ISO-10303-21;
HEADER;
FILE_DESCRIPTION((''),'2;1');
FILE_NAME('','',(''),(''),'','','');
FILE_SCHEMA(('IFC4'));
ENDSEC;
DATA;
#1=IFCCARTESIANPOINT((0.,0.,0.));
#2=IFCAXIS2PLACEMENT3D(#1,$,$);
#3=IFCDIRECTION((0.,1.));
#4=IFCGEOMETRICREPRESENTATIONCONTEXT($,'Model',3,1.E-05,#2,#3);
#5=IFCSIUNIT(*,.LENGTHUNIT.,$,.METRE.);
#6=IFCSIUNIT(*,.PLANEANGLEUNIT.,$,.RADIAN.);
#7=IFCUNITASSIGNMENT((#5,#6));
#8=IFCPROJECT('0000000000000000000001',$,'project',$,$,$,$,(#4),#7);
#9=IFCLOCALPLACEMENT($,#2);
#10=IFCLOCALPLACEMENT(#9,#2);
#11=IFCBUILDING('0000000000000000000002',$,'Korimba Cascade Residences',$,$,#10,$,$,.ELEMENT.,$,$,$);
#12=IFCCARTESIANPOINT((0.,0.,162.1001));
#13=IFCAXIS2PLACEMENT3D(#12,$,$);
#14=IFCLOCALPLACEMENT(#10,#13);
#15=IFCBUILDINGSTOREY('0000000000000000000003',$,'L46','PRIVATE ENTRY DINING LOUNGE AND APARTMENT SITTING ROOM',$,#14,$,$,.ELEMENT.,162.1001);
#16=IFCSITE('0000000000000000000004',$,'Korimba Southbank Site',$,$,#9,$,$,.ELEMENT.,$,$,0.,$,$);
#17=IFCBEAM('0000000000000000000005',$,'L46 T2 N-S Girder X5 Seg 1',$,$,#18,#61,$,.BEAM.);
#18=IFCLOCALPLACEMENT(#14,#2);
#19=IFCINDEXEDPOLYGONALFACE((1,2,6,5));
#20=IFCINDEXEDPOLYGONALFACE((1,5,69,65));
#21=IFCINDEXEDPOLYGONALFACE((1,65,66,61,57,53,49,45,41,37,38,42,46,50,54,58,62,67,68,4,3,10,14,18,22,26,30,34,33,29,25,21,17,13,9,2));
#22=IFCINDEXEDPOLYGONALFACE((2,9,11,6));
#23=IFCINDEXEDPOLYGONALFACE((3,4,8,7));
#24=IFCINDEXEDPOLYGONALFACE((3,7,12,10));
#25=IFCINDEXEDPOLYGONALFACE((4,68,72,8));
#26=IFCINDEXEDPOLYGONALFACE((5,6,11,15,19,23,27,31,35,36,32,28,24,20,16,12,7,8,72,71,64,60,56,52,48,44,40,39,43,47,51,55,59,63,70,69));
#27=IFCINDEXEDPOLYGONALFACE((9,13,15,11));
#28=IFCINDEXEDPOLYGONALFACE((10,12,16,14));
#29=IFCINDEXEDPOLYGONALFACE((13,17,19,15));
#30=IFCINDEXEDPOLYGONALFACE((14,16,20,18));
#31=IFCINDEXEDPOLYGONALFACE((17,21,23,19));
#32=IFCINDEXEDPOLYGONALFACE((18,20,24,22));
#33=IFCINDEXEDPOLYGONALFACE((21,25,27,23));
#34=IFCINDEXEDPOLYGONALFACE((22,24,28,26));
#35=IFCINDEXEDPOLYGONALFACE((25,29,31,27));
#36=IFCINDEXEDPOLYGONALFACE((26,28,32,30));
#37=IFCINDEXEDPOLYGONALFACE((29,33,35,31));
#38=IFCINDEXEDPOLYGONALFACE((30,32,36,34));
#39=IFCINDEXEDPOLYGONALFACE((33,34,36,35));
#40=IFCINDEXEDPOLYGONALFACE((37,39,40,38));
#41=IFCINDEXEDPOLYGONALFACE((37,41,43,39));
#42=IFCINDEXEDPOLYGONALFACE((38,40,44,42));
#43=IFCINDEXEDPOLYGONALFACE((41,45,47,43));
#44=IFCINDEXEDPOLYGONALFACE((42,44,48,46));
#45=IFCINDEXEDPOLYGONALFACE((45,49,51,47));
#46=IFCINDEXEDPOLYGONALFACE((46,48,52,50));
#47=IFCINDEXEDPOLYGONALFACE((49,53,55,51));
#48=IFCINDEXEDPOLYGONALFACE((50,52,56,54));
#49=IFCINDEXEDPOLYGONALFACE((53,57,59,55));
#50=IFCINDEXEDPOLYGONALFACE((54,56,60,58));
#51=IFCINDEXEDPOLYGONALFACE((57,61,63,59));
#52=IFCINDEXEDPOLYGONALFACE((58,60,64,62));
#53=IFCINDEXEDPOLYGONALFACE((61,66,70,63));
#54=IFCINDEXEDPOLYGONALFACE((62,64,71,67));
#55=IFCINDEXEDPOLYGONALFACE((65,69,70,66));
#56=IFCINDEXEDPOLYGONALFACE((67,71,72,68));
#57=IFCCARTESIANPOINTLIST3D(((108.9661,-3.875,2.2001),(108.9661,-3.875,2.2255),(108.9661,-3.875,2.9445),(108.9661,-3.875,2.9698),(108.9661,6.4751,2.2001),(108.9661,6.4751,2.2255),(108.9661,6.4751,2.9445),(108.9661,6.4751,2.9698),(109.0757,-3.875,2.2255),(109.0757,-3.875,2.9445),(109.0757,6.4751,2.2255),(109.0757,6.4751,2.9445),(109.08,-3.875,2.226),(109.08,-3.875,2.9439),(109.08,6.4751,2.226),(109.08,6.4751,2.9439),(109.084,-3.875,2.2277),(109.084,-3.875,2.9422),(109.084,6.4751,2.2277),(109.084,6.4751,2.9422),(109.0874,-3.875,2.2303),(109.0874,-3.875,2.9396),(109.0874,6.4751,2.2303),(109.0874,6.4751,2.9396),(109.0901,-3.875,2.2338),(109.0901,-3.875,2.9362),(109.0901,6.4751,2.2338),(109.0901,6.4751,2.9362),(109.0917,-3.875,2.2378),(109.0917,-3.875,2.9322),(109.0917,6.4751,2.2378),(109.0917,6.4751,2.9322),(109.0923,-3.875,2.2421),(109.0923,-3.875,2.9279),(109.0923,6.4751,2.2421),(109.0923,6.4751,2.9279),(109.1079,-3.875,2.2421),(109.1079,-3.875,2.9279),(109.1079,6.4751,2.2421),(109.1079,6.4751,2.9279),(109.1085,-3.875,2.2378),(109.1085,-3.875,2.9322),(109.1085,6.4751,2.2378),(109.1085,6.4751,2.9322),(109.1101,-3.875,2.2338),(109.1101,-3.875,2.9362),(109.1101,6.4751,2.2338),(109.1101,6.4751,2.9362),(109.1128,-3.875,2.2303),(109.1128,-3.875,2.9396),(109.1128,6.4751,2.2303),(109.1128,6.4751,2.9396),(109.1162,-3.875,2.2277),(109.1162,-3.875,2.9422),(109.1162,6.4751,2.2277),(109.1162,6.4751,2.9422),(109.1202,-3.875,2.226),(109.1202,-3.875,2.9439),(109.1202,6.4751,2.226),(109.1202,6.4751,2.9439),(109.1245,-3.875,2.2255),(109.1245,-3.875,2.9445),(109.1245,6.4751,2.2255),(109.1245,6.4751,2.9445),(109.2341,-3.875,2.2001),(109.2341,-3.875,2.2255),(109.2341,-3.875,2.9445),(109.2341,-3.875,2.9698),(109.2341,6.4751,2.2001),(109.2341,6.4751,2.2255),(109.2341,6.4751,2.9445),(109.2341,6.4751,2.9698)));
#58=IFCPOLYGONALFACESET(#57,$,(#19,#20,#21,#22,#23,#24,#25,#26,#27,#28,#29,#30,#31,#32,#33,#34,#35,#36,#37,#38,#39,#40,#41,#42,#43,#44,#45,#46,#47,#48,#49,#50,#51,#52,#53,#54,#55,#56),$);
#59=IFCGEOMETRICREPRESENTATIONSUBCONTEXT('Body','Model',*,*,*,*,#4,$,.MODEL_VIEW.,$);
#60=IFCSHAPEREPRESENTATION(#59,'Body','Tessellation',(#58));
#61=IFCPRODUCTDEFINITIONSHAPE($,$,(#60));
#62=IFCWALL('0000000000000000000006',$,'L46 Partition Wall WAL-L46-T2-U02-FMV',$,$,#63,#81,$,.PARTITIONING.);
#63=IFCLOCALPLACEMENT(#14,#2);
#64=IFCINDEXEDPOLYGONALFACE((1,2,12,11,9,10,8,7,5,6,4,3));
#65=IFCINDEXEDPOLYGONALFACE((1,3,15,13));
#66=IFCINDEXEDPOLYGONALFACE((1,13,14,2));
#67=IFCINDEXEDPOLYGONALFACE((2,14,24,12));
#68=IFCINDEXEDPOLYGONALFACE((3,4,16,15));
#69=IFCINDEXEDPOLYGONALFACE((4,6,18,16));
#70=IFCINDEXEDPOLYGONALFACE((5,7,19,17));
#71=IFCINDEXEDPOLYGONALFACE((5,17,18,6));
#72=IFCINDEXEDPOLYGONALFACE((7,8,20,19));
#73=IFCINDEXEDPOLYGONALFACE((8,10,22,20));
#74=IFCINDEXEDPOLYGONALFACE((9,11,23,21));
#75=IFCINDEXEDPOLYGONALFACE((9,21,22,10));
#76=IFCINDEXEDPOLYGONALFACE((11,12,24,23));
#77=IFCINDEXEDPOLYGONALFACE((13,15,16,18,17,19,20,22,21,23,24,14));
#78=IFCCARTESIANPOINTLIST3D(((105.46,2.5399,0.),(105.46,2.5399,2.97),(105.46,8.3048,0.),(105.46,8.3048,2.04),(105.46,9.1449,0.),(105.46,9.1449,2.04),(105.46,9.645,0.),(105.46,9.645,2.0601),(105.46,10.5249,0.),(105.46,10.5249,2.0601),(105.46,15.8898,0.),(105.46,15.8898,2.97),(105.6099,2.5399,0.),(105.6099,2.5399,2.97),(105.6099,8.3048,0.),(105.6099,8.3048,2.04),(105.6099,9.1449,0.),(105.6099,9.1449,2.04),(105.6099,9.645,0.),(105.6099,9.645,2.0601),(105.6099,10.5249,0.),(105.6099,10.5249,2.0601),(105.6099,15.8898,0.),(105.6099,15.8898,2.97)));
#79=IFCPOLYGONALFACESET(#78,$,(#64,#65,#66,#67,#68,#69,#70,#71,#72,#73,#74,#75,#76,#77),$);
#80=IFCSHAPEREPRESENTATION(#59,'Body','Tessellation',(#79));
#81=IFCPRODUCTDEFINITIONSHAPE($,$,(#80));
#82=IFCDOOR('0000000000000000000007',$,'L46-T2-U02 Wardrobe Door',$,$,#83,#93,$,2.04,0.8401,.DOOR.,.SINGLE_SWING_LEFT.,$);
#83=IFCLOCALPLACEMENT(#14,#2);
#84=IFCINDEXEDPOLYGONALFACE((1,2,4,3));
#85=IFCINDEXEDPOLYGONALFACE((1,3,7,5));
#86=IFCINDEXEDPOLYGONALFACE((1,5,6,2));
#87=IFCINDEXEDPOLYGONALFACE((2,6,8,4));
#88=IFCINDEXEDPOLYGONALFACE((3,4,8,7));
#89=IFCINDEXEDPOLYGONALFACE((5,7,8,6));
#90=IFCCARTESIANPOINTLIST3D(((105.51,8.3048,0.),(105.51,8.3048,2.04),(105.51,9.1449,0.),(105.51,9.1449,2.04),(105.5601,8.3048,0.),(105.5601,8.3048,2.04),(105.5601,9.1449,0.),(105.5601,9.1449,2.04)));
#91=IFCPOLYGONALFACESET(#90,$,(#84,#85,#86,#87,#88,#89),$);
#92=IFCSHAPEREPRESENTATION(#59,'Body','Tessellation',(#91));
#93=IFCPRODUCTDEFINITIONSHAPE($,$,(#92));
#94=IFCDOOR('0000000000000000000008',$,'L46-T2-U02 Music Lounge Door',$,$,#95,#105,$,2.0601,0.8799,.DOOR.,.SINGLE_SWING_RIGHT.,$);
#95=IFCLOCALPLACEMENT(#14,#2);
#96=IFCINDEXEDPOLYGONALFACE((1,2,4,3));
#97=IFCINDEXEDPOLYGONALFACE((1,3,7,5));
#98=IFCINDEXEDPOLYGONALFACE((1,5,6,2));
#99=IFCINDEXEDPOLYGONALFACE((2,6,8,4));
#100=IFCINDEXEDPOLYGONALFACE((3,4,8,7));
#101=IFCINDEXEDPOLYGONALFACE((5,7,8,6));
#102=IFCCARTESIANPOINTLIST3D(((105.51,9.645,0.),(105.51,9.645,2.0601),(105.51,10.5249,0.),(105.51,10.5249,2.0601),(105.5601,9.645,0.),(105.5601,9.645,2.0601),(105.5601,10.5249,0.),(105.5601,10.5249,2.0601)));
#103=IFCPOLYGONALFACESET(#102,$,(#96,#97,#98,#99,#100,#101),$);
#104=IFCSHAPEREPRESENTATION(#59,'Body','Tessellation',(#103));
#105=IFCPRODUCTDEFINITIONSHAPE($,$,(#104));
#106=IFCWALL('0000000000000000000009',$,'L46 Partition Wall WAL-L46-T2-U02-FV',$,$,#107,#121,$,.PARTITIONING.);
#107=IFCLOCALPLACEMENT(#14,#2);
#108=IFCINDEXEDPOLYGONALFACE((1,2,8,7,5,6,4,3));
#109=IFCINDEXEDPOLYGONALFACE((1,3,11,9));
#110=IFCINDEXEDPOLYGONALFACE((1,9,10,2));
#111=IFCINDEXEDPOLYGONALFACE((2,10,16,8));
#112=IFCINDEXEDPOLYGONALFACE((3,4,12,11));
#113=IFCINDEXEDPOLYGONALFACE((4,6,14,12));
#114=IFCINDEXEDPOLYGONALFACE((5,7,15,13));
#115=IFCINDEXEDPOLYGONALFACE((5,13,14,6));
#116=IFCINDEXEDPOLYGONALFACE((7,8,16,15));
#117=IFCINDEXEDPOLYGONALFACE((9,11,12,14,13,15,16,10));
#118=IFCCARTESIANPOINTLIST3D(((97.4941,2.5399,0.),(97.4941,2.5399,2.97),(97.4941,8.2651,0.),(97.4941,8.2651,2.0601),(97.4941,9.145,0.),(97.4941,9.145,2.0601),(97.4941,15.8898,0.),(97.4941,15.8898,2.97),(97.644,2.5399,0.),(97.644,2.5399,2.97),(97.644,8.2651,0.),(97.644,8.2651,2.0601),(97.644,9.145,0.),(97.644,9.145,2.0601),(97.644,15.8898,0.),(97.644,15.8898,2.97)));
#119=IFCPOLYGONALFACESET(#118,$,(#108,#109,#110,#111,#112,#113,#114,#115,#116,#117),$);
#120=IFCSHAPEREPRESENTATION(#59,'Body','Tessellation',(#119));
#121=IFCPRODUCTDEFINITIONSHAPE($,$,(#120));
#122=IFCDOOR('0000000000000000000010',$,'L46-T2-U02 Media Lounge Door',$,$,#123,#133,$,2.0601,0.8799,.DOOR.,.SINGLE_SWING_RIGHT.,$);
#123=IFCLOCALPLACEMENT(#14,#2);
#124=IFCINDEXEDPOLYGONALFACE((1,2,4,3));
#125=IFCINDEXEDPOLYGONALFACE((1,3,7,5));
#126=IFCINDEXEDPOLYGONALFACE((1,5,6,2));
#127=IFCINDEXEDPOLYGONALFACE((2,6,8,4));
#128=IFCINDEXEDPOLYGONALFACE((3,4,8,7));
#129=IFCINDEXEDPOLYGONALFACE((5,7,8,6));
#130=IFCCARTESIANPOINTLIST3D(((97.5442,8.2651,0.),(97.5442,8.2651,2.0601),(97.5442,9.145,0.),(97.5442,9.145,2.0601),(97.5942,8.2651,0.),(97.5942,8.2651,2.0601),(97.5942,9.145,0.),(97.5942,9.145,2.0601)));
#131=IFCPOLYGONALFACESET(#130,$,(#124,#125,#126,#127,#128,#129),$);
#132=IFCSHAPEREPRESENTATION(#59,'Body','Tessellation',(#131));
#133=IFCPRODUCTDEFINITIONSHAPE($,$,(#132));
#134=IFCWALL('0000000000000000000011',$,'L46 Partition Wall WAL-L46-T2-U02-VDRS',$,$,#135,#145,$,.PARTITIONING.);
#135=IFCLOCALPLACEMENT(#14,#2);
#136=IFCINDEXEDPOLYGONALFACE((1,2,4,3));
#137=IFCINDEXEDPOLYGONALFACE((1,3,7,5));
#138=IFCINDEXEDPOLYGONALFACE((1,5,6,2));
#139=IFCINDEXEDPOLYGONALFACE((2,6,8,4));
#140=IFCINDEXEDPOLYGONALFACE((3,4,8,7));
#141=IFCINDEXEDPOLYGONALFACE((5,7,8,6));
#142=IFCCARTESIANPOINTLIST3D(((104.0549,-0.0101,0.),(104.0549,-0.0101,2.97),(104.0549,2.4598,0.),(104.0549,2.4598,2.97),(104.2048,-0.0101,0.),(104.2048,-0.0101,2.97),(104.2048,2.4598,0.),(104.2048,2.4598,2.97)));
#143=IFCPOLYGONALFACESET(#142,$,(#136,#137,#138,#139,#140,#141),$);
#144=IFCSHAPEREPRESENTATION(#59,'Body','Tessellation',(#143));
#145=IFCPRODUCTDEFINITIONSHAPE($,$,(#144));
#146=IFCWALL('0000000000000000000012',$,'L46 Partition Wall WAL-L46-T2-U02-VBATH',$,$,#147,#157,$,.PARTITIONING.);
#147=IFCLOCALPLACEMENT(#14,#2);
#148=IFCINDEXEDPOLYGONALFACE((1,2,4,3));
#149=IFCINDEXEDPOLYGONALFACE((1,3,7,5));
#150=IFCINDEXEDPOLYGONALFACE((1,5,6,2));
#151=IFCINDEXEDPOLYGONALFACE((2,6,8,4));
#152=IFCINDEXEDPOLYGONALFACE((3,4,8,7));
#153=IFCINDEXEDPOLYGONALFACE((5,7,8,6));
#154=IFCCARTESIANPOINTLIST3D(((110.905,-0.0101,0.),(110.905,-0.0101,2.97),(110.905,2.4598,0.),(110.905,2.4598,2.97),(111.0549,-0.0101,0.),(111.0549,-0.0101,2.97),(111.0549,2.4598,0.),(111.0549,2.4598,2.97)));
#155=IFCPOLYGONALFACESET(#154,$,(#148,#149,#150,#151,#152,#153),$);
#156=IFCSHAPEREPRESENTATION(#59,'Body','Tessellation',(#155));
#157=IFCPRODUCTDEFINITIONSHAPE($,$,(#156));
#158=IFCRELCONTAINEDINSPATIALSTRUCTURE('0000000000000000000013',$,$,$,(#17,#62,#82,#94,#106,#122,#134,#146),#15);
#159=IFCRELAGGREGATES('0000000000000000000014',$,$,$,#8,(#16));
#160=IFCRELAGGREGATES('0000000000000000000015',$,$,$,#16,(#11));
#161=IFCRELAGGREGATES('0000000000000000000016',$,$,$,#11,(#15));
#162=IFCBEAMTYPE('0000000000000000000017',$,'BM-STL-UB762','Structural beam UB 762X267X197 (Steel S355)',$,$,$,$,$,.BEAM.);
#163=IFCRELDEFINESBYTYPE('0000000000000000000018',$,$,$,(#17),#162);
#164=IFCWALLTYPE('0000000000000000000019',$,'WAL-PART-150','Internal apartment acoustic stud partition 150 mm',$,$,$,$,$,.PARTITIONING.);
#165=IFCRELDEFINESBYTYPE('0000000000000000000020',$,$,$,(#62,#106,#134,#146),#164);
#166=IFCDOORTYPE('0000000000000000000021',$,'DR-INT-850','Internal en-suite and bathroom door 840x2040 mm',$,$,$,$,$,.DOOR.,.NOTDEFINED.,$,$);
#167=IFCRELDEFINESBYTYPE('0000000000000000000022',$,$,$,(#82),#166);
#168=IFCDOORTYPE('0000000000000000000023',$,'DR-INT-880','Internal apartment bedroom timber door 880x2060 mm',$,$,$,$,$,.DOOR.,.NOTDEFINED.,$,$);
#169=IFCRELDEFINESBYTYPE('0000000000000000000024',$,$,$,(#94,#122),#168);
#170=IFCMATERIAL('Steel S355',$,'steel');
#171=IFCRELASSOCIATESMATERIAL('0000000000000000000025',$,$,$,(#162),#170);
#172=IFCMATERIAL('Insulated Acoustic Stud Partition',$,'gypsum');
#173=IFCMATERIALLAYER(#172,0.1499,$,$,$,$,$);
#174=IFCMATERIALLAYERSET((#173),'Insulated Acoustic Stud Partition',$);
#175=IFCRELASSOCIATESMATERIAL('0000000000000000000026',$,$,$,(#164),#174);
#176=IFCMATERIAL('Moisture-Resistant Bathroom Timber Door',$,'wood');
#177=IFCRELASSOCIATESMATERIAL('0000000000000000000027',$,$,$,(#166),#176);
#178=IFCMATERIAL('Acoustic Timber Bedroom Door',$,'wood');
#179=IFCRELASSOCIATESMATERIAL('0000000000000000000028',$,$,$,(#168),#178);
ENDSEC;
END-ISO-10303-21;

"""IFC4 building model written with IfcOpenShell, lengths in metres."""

from ifc_helpers import new_model, si_unit, direction, frame, frame_2d, origin, origin_2d, place, context, subcontext, project, spatial, rectangle, i_section, extrude, material, layer, layer_set, material_profile, profile_set, type_object, element, fill, save


model = new_model("IFC4")

# Units and contexts
model_context = context("Model", 3, precision=1e-05, world=origin(), true_north=direction((0.0, 1.0)))
body_context = subcontext(model_context, "Body", "Model", "MODEL_VIEW")
ifc_project = project(units=[si_unit("LENGTHUNIT", "METRE"), si_unit("PLANEANGLEUNIT", "RADIAN")], contexts=[model_context])

# Site, building, storey
site_placement = place(None, origin())
site = spatial("IfcSite", under=ifc_project, at=site_placement, Name="Korimba Southbank Site", CompositionType="ELEMENT", RefElevation=0.0)
building_placement = place(site_placement, origin())
building = spatial("IfcBuilding", under=site, at=building_placement, Name="Korimba Cascade Residences", CompositionType="ELEMENT")
storey_placement = place(building_placement, frame((0.0, 0.0, 162.1001)))
storey = spatial("IfcBuildingStorey", under=building, at=storey_placement, Name="L46", Description="PRIVATE ENTRY DINING LOUNGE AND APARTMENT SITTING ROOM", CompositionType="ELEMENT", Elevation=162.1001)

# Beam
ifc_material_1 = material(Name="Steel S355", Category="steel")
ifc_material_profile_1 = material_profile(ifc_material_1, i_section(OverallWidth=0.2681, OverallDepth=0.7698, WebThickness=0.0156, FlangeThickness=0.0254, FilletRadius=0.0166, at=origin_2d()), Name="Steel S355")
ifc_profile_set_1 = profile_set([ifc_material_profile_1], Name="Steel S355")
beam_type_1 = type_object("IfcBeamType", Name="BM-STL-UB762", Description="Structural beam UB 762X267X197 (Steel S355)", PredefinedType="BEAM", material=ifc_profile_set_1)
for number, where, z_axis, x_axis, name in (
    (1, (109.1001, -3.875, 2.585), (0.0, 1.0, 0.0), (-1.0, 0.0, 0.0), "L46 T2 N-S Girder X5 Seg 1"),
):
    element("IfcBeam", number, at=place(storey_placement, frame(where, z_axis=z_axis, x_axis=x_axis)), inside=storey, type_object=beam_type_1, Name=name, PredefinedType="BEAM", context=body_context, shape_type="SweptSolid", body=[
        extrude(i_section(OverallWidth=0.2681, OverallDepth=0.7698, WebThickness=0.0156, FlangeThickness=0.0254, FilletRadius=0.0166, at=origin_2d()), origin(), (0.0, 0.0, 1.0), 10.3501),
    ])

# Wall, openings, doors
ifc_material_2 = material(Name="Insulated Acoustic Stud Partition", Category="gypsum")
ifc_layer = layer(ifc_material_2, 0.1499)
ifc_layer_set = layer_set([ifc_layer], Name="Insulated Acoustic Stud Partition")
wall_type = type_object("IfcWallType", Name="WAL-PART-150", Description="Internal apartment acoustic stud partition 150 mm", PredefinedType="PARTITIONING", material=ifc_layer_set)
wall_1_placement = place(storey_placement, frame((105.5349, 2.54, 0.0), z_axis=(0.0, 0.0, 1.0), x_axis=(0.0, 1.0, 0.0)))
wall_1 = element("IfcWall", 2, at=wall_1_placement, inside=storey, type_object=wall_type, Name="L46 Partition Wall WAL-L46-T2-U02-FMV", PredefinedType="PARTITIONING", context=body_context, shape_type="SweptSolid", body=[
    extrude(rectangle(XDim=13.3499, YDim=0.1499, at=frame_2d((6.6748, 0.0))), origin(), (0.0, 0.0, 1.0), 2.97),
])
opening_1_placement = place(wall_1_placement, frame((5.7649, 0.0, 0.0)))
opening_1 = element("IfcOpeningElement", 3, at=opening_1_placement, cuts=wall_1, PredefinedType="OPENING", context=body_context, shape_type="SweptSolid", body=[
    extrude(rectangle(XDim=0.8401, YDim=2.04, at=frame_2d((0.4199, 1.02))), frame((0.0, 0.085, 0.0), z_axis=(0.0, -1.0, 0.0), x_axis=(1.0, 0.0, 0.0)), (0.0, 0.0, 1.0), 0.1699),
])
opening_2_placement = place(wall_1_placement, frame((7.105, 0.0, 0.0)))
opening_2 = element("IfcOpeningElement", 4, at=opening_2_placement, cuts=wall_1, PredefinedType="OPENING", context=body_context, shape_type="SweptSolid", body=[
    extrude(rectangle(XDim=0.8799, YDim=2.0601, at=frame_2d((0.4399, 1.03))), frame((0.0, 0.085, 0.0), z_axis=(0.0, -1.0, 0.0), x_axis=(1.0, 0.0, 0.0)), (0.0, 0.0, 1.0), 0.1699),
])
ifc_material_3 = material(Name="Moisture-Resistant Bathroom Timber Door", Category="wood")
door_type_1 = type_object("IfcDoorType", Name="DR-INT-850", Description="Internal en-suite and bathroom door 840x2040 mm", OperationType="NOTDEFINED", PredefinedType="DOOR", material=ifc_material_3)
door_1_placement = place(opening_1_placement, origin())
door_1 = element("IfcDoor", 5, at=door_1_placement, inside=storey, type_object=door_type_1, Name="L46-T2-U02 Wardrobe Door", OperationType="SINGLE_SWING_LEFT", OverallHeight=2.04, OverallWidth=0.8401, PredefinedType="DOOR", context=body_context, shape_type="SweptSolid", body=[
    extrude(rectangle(XDim=0.8401, YDim=2.04, at=frame_2d((0.4199, 1.02))), frame((0.0, 0.0249, 0.0), z_axis=(0.0, -1.0, 0.0), x_axis=(1.0, 0.0, 0.0)), (0.0, 0.0, 1.0), 0.05),
])
fill(opening_1, door_1)
ifc_material_4 = material(Name="Acoustic Timber Bedroom Door", Category="wood")
door_type_2 = type_object("IfcDoorType", Name="DR-INT-880", Description="Internal apartment bedroom timber door 880x2060 mm", OperationType="NOTDEFINED", PredefinedType="DOOR", material=ifc_material_4)
door_2_placement = place(opening_2_placement, origin())
door_2 = element("IfcDoor", 6, at=door_2_placement, inside=storey, type_object=door_type_2, Name="L46-T2-U02 Music Lounge Door", OperationType="SINGLE_SWING_RIGHT", OverallHeight=2.0601, OverallWidth=0.8799, PredefinedType="DOOR", context=body_context, shape_type="SweptSolid", body=[
    extrude(rectangle(XDim=0.8799, YDim=2.0601, at=frame_2d((0.4399, 1.03))), frame((0.0, 0.0249, 0.0), z_axis=(0.0, -1.0, 0.0), x_axis=(1.0, 0.0, 0.0)), (0.0, 0.0, 1.0), 0.05),
])
fill(opening_2, door_2)

# Wall, opening, door
wall_2_placement = place(storey_placement, frame((97.5691, 2.54, 0.0), z_axis=(0.0, 0.0, 1.0), x_axis=(0.0, 1.0, 0.0)))
wall_2 = element("IfcWall", 7, at=wall_2_placement, inside=storey, type_object=wall_type, Name="L46 Partition Wall WAL-L46-T2-U02-FV", PredefinedType="PARTITIONING", context=body_context, shape_type="SweptSolid", body=[
    extrude(rectangle(XDim=13.3499, YDim=0.1499, at=frame_2d((6.6748, 0.0))), origin(), (0.0, 0.0, 1.0), 2.97),
])
opening_3_placement = place(wall_2_placement, frame((5.7251, 0.0, 0.0)))
opening_3 = element("IfcOpeningElement", 8, at=opening_3_placement, cuts=wall_2, PredefinedType="OPENING", context=body_context, shape_type="SweptSolid", body=[
    extrude(rectangle(XDim=0.8799, YDim=2.0601, at=frame_2d((0.4399, 1.03))), frame((0.0, 0.085, 0.0), z_axis=(0.0, -1.0, 0.0), x_axis=(1.0, 0.0, 0.0)), (0.0, 0.0, 1.0), 0.1699),
])
door_3_placement = place(opening_3_placement, origin())
door_3 = element("IfcDoor", 9, at=door_3_placement, inside=storey, type_object=door_type_2, Name="L46-T2-U02 Media Lounge Door", OperationType="SINGLE_SWING_RIGHT", OverallHeight=2.0601, OverallWidth=0.8799, PredefinedType="DOOR", context=body_context, shape_type="SweptSolid", body=[
    extrude(rectangle(XDim=0.8799, YDim=2.0601, at=frame_2d((0.4399, 1.03))), frame((0.0, 0.0249, 0.0), z_axis=(0.0, -1.0, 0.0), x_axis=(1.0, 0.0, 0.0)), (0.0, 0.0, 1.0), 0.05),
])
fill(opening_3, door_3)

# Walls
for number, where, z_axis, x_axis, name in (
    (10, (104.1299, -0.01, 0.0), (0.0, 0.0, 1.0), (0.0, 1.0, 0.0), "L46 Partition Wall WAL-L46-T2-U02-VDRS"),
    (11, (110.98, -0.01, 0.0), (0.0, 0.0, 1.0), (0.0, 1.0, 0.0), "L46 Partition Wall WAL-L46-T2-U02-VBATH"),
):
    element("IfcWall", number, at=place(storey_placement, frame(where, z_axis=z_axis, x_axis=x_axis)), inside=storey, type_object=wall_type, Name=name, PredefinedType="PARTITIONING", context=body_context, shape_type="SweptSolid", body=[
        extrude(rectangle(XDim=2.47, YDim=0.1499, at=frame_2d((1.2349, 0.0))), origin(), (0.0, 0.0, 1.0), 2.97),
    ])

save(model, "model.ifc")
